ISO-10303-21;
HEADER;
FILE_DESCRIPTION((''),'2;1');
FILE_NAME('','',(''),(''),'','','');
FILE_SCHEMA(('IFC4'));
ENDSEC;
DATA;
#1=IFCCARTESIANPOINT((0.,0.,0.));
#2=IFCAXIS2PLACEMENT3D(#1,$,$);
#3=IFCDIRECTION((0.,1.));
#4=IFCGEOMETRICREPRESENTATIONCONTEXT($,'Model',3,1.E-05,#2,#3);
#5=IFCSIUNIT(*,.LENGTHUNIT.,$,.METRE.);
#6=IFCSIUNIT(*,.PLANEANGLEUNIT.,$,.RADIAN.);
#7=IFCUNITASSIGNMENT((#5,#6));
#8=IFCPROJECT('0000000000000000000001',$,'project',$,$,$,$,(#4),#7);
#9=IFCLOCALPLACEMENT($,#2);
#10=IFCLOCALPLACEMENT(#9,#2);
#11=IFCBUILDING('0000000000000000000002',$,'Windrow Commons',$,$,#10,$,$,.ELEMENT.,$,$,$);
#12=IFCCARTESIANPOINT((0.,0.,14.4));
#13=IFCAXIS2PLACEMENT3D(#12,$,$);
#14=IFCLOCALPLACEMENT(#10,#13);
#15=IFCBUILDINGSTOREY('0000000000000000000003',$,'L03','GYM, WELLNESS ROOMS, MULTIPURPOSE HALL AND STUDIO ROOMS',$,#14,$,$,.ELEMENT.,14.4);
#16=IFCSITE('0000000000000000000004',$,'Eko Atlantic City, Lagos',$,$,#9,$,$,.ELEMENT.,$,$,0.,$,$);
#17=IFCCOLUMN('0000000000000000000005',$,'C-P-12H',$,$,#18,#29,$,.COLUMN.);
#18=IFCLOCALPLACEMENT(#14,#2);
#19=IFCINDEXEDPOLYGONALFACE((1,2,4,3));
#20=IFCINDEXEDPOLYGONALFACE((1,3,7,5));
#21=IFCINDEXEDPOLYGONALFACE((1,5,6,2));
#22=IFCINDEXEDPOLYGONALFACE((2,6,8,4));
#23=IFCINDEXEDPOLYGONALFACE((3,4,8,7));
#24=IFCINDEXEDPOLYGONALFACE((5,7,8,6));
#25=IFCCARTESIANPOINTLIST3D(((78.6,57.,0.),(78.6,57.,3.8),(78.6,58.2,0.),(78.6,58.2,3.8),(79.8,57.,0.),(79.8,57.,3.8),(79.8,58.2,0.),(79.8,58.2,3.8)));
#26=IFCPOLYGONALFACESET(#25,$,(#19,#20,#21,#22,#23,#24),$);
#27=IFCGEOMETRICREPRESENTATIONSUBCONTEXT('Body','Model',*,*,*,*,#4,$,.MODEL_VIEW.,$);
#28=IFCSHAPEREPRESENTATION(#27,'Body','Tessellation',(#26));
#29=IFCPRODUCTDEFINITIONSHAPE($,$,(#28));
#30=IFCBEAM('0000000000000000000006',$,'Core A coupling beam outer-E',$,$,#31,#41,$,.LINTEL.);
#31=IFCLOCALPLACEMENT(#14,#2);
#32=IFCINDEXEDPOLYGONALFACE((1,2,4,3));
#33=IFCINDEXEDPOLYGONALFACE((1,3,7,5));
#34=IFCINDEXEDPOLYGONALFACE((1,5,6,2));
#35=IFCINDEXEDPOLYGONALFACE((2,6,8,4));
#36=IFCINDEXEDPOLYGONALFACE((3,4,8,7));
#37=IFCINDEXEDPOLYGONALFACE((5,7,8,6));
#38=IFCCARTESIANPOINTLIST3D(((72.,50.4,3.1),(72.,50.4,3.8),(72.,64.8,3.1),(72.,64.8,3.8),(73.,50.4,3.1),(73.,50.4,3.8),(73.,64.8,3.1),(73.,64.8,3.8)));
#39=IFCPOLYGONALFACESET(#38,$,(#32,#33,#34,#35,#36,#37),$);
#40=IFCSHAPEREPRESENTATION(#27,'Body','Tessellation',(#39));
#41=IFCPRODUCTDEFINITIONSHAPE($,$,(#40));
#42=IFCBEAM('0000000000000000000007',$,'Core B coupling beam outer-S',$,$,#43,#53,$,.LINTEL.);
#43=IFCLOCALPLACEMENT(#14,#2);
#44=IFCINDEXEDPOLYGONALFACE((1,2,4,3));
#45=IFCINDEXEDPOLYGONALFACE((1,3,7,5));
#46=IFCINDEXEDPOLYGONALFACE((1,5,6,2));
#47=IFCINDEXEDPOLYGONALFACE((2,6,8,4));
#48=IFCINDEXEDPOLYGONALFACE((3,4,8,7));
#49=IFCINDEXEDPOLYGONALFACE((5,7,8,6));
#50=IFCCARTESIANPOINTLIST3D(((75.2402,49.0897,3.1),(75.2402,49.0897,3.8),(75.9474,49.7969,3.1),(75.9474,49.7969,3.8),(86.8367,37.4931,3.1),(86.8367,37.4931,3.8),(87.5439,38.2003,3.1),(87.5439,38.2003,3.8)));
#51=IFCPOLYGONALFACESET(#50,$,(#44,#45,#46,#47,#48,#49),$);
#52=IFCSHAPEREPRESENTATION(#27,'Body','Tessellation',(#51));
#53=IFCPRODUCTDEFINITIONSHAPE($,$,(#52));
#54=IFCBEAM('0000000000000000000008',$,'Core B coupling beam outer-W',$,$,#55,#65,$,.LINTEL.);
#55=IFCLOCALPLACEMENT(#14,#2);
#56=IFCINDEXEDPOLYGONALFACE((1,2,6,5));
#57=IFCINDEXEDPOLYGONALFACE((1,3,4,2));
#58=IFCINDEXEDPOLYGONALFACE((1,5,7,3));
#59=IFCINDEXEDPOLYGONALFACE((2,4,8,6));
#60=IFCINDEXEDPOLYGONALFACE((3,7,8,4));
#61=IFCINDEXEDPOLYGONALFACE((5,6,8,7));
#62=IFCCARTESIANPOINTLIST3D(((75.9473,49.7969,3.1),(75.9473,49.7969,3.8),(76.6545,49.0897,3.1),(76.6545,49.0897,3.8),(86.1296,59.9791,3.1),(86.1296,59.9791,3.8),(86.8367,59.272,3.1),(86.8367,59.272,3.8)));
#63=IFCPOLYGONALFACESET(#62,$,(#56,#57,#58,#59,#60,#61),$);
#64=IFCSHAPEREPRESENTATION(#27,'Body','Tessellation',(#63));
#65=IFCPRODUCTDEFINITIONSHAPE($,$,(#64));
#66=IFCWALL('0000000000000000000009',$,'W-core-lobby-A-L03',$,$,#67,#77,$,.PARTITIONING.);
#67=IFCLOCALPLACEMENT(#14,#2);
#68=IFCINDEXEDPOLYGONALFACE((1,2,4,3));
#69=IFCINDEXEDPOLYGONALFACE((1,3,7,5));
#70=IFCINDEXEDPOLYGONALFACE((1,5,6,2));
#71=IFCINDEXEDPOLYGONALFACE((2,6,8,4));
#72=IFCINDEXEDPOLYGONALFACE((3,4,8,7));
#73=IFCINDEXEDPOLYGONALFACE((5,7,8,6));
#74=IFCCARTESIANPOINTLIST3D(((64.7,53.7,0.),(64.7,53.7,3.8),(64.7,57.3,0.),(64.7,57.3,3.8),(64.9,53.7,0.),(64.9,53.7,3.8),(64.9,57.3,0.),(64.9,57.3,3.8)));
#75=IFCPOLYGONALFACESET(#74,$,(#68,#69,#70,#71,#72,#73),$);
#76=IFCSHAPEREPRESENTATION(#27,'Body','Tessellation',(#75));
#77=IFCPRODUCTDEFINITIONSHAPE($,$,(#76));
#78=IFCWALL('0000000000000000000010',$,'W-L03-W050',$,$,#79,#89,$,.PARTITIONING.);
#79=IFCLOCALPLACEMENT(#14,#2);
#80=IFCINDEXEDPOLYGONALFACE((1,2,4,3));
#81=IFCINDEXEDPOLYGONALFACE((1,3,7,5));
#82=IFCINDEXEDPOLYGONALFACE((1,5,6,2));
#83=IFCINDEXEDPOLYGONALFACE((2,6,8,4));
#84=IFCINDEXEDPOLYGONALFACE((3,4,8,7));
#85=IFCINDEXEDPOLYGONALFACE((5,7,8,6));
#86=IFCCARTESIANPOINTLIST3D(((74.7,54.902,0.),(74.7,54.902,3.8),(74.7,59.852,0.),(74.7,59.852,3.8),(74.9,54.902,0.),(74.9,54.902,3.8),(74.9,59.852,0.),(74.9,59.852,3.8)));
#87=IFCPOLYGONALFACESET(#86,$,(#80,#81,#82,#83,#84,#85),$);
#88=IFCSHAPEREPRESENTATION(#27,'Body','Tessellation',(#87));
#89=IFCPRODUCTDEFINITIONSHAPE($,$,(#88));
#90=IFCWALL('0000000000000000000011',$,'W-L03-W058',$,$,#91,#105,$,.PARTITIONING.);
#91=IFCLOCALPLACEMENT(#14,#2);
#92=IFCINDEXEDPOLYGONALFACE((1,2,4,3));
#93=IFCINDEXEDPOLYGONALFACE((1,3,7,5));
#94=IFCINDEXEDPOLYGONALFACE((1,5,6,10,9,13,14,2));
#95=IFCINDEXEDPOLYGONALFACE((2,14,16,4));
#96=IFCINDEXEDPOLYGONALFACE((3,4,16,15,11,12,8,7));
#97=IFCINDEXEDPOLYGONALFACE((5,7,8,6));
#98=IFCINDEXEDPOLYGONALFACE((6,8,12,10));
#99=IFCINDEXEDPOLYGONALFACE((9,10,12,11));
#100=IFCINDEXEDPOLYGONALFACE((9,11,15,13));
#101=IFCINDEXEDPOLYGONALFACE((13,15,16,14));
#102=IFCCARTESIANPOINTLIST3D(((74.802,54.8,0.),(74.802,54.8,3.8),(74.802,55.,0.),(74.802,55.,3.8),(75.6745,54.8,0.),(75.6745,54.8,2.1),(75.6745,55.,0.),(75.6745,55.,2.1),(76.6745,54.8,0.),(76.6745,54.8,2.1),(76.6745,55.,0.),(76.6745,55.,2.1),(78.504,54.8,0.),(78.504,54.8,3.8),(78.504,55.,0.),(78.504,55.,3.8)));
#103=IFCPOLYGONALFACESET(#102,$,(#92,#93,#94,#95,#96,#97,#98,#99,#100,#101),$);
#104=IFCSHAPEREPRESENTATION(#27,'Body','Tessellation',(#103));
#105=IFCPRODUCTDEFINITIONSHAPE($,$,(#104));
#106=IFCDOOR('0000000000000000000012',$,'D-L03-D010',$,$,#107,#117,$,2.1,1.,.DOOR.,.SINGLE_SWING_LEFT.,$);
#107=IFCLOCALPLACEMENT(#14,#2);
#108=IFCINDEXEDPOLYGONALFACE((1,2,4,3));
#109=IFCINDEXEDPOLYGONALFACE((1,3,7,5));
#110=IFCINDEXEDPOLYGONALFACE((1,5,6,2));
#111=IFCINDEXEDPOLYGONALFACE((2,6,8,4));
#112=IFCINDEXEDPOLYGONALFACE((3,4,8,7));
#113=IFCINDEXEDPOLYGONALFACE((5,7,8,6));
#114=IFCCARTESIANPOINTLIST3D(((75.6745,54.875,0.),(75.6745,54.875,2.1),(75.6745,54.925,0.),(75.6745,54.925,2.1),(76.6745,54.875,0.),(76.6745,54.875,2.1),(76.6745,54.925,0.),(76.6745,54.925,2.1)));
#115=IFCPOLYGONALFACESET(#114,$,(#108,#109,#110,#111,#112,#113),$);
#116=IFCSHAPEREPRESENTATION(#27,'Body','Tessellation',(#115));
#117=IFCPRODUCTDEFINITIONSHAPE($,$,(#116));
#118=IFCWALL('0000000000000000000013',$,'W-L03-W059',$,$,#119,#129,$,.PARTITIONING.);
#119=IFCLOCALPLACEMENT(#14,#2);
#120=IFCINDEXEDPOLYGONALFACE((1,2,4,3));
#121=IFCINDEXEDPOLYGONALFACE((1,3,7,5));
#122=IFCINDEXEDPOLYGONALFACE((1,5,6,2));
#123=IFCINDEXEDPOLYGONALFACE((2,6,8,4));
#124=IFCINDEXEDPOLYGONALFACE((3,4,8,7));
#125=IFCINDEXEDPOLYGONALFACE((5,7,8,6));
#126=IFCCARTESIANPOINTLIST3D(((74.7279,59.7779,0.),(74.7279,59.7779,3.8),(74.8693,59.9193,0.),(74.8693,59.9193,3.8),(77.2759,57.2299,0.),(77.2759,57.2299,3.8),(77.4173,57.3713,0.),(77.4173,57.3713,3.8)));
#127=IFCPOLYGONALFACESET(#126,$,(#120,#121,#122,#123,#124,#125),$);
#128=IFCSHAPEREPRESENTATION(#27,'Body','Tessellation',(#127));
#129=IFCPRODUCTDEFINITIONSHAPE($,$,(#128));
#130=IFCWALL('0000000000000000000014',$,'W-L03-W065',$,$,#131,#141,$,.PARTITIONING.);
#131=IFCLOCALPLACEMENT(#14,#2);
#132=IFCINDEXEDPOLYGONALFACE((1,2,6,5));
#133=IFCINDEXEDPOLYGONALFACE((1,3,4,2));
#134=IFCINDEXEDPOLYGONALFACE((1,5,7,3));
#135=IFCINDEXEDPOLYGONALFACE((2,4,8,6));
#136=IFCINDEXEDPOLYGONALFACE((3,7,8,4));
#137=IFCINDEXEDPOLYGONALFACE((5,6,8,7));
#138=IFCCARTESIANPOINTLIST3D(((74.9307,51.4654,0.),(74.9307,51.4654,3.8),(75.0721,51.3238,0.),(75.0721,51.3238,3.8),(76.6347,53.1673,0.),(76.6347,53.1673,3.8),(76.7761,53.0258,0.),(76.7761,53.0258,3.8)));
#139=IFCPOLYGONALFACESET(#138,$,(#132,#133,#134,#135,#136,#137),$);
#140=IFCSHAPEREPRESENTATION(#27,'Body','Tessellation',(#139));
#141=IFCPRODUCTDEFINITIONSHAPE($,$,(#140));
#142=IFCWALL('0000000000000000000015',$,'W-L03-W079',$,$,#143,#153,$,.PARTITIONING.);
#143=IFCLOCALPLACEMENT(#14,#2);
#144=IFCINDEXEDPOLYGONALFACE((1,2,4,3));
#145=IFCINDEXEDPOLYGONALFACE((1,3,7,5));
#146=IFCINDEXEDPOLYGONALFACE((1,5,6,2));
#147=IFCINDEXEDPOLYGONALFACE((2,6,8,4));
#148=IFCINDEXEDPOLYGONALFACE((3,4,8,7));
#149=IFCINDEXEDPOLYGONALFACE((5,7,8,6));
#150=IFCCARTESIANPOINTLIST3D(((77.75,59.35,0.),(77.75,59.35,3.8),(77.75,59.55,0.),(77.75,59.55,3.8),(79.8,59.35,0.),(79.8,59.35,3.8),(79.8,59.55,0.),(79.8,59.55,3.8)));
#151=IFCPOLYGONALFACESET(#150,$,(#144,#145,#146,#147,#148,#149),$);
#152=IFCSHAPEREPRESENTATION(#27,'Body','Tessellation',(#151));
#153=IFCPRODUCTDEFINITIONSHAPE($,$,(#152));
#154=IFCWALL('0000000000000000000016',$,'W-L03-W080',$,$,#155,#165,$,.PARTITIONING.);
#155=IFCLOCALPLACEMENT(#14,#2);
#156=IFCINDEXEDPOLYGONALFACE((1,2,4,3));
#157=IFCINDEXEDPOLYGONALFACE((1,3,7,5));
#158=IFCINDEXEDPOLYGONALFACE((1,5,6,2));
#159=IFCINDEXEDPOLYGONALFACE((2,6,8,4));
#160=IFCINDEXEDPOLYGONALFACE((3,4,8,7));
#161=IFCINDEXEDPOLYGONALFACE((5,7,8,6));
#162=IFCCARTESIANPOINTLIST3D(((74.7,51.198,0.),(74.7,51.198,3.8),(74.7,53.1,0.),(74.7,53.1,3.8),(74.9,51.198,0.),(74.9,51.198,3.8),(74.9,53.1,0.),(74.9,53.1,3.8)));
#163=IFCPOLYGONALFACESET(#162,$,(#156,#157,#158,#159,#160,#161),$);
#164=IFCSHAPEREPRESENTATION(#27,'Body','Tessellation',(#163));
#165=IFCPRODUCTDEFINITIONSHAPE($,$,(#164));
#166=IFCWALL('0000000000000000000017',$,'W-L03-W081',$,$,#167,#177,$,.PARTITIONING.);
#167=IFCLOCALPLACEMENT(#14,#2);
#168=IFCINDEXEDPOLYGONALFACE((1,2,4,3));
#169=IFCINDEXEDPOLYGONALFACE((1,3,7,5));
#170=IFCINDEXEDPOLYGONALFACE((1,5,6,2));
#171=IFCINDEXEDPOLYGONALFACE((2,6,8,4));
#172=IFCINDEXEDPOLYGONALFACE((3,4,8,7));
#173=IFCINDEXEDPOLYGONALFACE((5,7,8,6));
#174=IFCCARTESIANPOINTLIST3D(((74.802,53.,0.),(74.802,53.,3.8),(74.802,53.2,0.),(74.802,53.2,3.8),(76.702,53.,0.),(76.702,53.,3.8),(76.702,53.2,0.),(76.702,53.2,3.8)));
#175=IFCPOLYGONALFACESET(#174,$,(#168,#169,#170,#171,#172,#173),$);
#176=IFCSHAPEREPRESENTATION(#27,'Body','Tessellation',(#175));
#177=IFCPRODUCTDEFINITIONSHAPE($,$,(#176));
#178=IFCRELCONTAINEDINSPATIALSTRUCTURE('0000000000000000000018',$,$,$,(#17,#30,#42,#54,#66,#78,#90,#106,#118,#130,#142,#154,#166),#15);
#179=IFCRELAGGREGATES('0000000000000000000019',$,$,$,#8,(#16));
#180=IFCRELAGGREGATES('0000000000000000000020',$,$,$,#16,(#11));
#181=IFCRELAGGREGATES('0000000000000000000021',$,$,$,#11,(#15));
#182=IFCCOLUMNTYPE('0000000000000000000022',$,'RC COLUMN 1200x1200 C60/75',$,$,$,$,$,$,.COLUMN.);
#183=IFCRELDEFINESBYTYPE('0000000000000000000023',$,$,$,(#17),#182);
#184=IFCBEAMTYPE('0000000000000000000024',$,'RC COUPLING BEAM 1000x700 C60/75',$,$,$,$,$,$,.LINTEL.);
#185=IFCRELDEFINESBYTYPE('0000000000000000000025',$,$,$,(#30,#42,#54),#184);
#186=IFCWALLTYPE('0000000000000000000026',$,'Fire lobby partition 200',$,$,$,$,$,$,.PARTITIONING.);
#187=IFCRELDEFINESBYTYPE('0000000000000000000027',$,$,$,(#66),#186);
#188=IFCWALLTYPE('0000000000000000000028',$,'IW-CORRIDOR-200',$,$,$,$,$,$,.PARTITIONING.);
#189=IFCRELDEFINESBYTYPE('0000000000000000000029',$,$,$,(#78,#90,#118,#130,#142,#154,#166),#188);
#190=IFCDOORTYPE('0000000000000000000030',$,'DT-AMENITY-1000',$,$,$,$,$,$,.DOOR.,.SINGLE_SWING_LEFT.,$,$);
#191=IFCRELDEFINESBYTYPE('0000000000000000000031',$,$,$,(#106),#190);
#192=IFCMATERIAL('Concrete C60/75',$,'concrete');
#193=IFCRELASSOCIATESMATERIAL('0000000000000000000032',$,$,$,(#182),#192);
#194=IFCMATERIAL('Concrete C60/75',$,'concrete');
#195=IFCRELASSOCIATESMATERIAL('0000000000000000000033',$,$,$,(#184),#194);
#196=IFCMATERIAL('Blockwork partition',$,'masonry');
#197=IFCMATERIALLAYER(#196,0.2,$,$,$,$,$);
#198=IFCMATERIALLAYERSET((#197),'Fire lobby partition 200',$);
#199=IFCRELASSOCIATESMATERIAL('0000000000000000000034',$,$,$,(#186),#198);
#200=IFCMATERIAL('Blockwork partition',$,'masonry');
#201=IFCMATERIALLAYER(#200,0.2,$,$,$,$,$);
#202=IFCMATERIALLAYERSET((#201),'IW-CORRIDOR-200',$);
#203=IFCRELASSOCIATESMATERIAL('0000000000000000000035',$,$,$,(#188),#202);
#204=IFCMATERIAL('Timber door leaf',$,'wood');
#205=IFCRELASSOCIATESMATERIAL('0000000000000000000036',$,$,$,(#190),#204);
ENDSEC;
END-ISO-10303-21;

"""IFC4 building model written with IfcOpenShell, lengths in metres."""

from ifc_helpers import new_model, si_unit, direction, frame, frame_2d, origin, origin_2d, place, context, subcontext, project, spatial, rectangle, extrude, material, layer, layer_set, material_profile, profile_set, type_object, element, fill, save


model = new_model("IFC4")

# Units and contexts
model_context = context("Model", 3, precision=1e-05, world=origin(), true_north=direction((0.0, 1.0)))
body_context = subcontext(model_context, "Body", "Model", "MODEL_VIEW")
ifc_project = project(units=[si_unit("LENGTHUNIT", "METRE"), si_unit("PLANEANGLEUNIT", "RADIAN")], contexts=[model_context])

# Site, building, storey
site_placement = place(None, origin())
site = spatial("IfcSite", under=ifc_project, at=site_placement, Name="Eko Atlantic City, Lagos", CompositionType="ELEMENT", RefElevation=0.0)
building_placement = place(site_placement, origin())
building = spatial("IfcBuilding", under=site, at=building_placement, Name="Windrow Commons", CompositionType="ELEMENT")
storey_placement = place(building_placement, frame((0.0, 0.0, 14.4)))
storey = spatial("IfcBuildingStorey", under=building, at=storey_placement, Name="L03", Description="GYM, WELLNESS ROOMS, MULTIPURPOSE HALL AND STUDIO ROOMS", CompositionType="ELEMENT", Elevation=14.4)

# Column
ifc_material_1 = material(Name="Concrete C60/75", Category="concrete")
ifc_material_profile_1 = material_profile(ifc_material_1, rectangle(XDim=1.2, YDim=1.2, at=origin_2d()))
ifc_profile_set_1 = profile_set([ifc_material_profile_1], Name="Concrete C60/75")
column_type = type_object("IfcColumnType", Name="RC COLUMN 1200x1200 C60/75", PredefinedType="COLUMN", material=ifc_profile_set_1)
column_placement = place(storey_placement, frame((79.2, 57.6, 0.0), z_axis=(0.0, 0.0, 1.0), x_axis=(1.0, 0.0, 0.0)))
element("IfcColumn", 1, at=column_placement, inside=storey, type_object=column_type, Name="C-P-12H", PredefinedType="COLUMN", context=body_context, shape_type="SweptSolid", body=[
    extrude(rectangle(XDim=1.2, YDim=1.2, at=origin_2d()), origin(), (0.0, 0.0, 1.0), 3.8),
])

# Beams
ifc_material_2 = material(Name="Concrete C60/75", Category="concrete")
ifc_material_profile_2 = material_profile(ifc_material_2, rectangle(XDim=1.0, YDim=0.7, at=origin_2d()))
ifc_profile_set_2 = profile_set([ifc_material_profile_2], Name="Concrete C60/75")
beam_type = type_object("IfcBeamType", Name="RC COUPLING BEAM 1000x700 C60/75", PredefinedType="LINTEL", material=ifc_profile_set_2)
beam_1_placement = place(storey_placement, frame((72.5, 50.4, 3.45), z_axis=(0.0, 1.0, 0.0), x_axis=(-1.0, 0.0, 0.0)))
element("IfcBeam", 2, at=beam_1_placement, inside=storey, type_object=beam_type, Name="Core A coupling beam outer-E", PredefinedType="LINTEL", context=body_context, shape_type="SweptSolid", body=[
    extrude(rectangle(XDim=1.0, YDim=0.7, at=origin_2d()), origin(), (0.0, 0.0, 1.0), 14.4),
])
beam_2_placement = place(storey_placement, frame((75.5938, 49.4433, 3.45), z_axis=(0.707104, -0.70711, 0.0), x_axis=(0.70711, 0.707104, 0.0)))
element("IfcBeam", 3, at=beam_2_placement, inside=storey, type_object=beam_type, Name="Core B coupling beam outer-S", PredefinedType="LINTEL", context=body_context, shape_type="SweptSolid", body=[
    extrude(rectangle(XDim=1.0, YDim=0.7, at=origin_2d()), origin(), (0.0, 0.0, 1.0), 16.4),
])
beam_3_placement = place(storey_placement, frame((76.3009, 49.4433, 3.45), z_axis=(0.707107, 0.707107, 0.0), x_axis=(-0.707107, 0.707107, 0.0)))
element("IfcBeam", 4, at=beam_3_placement, inside=storey, type_object=beam_type, Name="Core B coupling beam outer-W", PredefinedType="LINTEL", context=body_context, shape_type="SweptSolid", body=[
    extrude(rectangle(XDim=1.0, YDim=0.7, at=origin_2d()), origin(), (0.0, 0.0, 1.0), 14.3999),
])

# Walls
ifc_material_3 = material(Name="Blockwork partition", Category="masonry")
ifc_layer_1 = layer(ifc_material_3, 0.2)
ifc_layer_set_1 = layer_set([ifc_layer_1], Name="Fire lobby partition 200")
wall_type_1 = type_object("IfcWallType", Name="Fire lobby partition 200", PredefinedType="PARTITIONING", material=ifc_layer_set_1)
wall_1_placement = place(storey_placement, frame((64.8, 53.7, 0.0), z_axis=(0.0, 0.0, 1.0), x_axis=(0.0, 1.0, 0.0)))
element("IfcWall", 5, at=wall_1_placement, inside=storey, type_object=wall_type_1, Name="W-core-lobby-A-L03", PredefinedType="PARTITIONING", context=body_context, shape_type="SweptSolid", body=[
    extrude(rectangle(XDim=3.6, YDim=0.2, at=frame_2d((1.8, 0.0))), origin(), (0.0, 0.0, 1.0), 3.8),
])
ifc_material_4 = material(Name="Blockwork partition", Category="masonry")
ifc_layer_2 = layer(ifc_material_4, 0.2)
ifc_layer_set_2 = layer_set([ifc_layer_2], Name="IW-CORRIDOR-200")
wall_type_2 = type_object("IfcWallType", Name="IW-CORRIDOR-200", PredefinedType="PARTITIONING", material=ifc_layer_set_2)
wall_2_placement = place(storey_placement, frame((74.8, 54.902, 0.0), z_axis=(0.0, 0.0, 1.0), x_axis=(0.0, 1.0, 0.0)))
element("IfcWall", 6, at=wall_2_placement, inside=storey, type_object=wall_type_2, Name="W-L03-W050", PredefinedType="PARTITIONING", context=body_context, shape_type="SweptSolid", body=[
    extrude(rectangle(XDim=4.95, YDim=0.2, at=frame_2d((2.475, 0.0))), origin(), (0.0, 0.0, 1.0), 3.8),
])

# Wall, opening, door
wall_3_placement = place(storey_placement, frame((74.802, 54.9, 0.0), z_axis=(0.0, 0.0, 1.0), x_axis=(1.0, 0.0, 0.0)))
wall_3 = element("IfcWall", 7, at=wall_3_placement, inside=storey, type_object=wall_type_2, Name="W-L03-W058", PredefinedType="PARTITIONING", context=body_context, shape_type="SweptSolid", body=[
    extrude(rectangle(XDim=3.702, YDim=0.2, at=frame_2d((1.851, 0.0))), origin(), (0.0, 0.0, 1.0), 3.8),
])
opening_1_placement = place(wall_3_placement, frame((0.8725, 0.0, 0.0)))
opening_1 = element("IfcOpeningElement", 8, at=opening_1_placement, cuts=wall_3, PredefinedType="OPENING", context=body_context, shape_type="SweptSolid", body=[
    extrude(rectangle(XDim=1.0, YDim=2.1, at=frame_2d((0.5, 1.05))), frame((0.0, 0.11, 0.0), z_axis=(0.0, -1.0, 0.0), x_axis=(1.0, 0.0, 0.0)), (0.0, 0.0, 1.0), 0.22),
])
ifc_material_5 = material(Name="Timber door leaf", Category="wood")
door_type_1 = type_object("IfcDoorType", Name="DT-AMENITY-1000", OperationType="SINGLE_SWING_LEFT", PredefinedType="DOOR", material=ifc_material_5)
door_1_placement = place(opening_1_placement, origin())
door_1 = element("IfcDoor", 9, at=door_1_placement, inside=storey, type_object=door_type_1, Name="D-L03-D010", OperationType="SINGLE_SWING_LEFT", OverallHeight=2.1, OverallWidth=1.0, PredefinedType="DOOR", context=body_context, shape_type="SweptSolid", body=[
    extrude(rectangle(XDim=1.0, YDim=2.1, at=frame_2d((0.5, 1.05))), frame((0.0, 0.025, 0.0), z_axis=(0.0, -1.0, 0.0), x_axis=(1.0, 0.0, 0.0)), (0.0, 0.0, 1.0), 0.05),
])
fill(opening_1, door_1)

# Walls
wall_4_placement = place(storey_placement, frame((74.7986, 59.8486, 0.0), z_axis=(0.0, 0.0, 1.0), x_axis=(0.707107, -0.707107, 0.0)))
element("IfcWall", 10, at=wall_4_placement, inside=storey, type_object=wall_type_2, Name="W-L03-W059", PredefinedType="PARTITIONING", context=body_context, shape_type="SweptSolid", body=[
    extrude(rectangle(XDim=3.6034, YDim=0.2, at=frame_2d((1.8017, 0.0))), origin(), (0.0, 0.0, 1.0), 3.8),
])
wall_5_placement = place(storey_placement, frame((75.0014, 51.3946, 0.0), z_axis=(0.0, 0.0, 1.0), x_axis=(0.707522, 0.706691, 0.0)))
element("IfcWall", 11, at=wall_5_placement, inside=storey, type_object=wall_type_2, Name="W-L03-W065", PredefinedType="PARTITIONING", context=body_context, shape_type="SweptSolid", body=[
    extrude(rectangle(XDim=2.4084, YDim=0.2, at=frame_2d((1.2042, 0.0))), origin(), (0.0, 0.0, 1.0), 3.8),
])
wall_6_placement = place(storey_placement, frame((77.75, 59.45, 0.0), z_axis=(0.0, 0.0, 1.0), x_axis=(1.0, 0.0, 0.0)))
element("IfcWall", 12, at=wall_6_placement, inside=storey, type_object=wall_type_2, Name="W-L03-W079", PredefinedType="PARTITIONING", context=body_context, shape_type="SweptSolid", body=[
    extrude(rectangle(XDim=2.05, YDim=0.2, at=frame_2d((1.025, 0.0))), origin(), (0.0, 0.0, 1.0), 3.8),
])
wall_7_placement = place(storey_placement, frame((74.8, 51.198, 0.0), z_axis=(0.0, 0.0, 1.0), x_axis=(0.0, 1.0, 0.0)))
element("IfcWall", 13, at=wall_7_placement, inside=storey, type_object=wall_type_2, Name="W-L03-W080", PredefinedType="PARTITIONING", context=body_context, shape_type="SweptSolid", body=[
    extrude(rectangle(XDim=1.902, YDim=0.2, at=frame_2d((0.951, 0.0))), origin(), (0.0, 0.0, 1.0), 3.8),
])
wall_8_placement = place(storey_placement, frame((74.802, 53.1, 0.0), z_axis=(0.0, 0.0, 1.0), x_axis=(1.0, 0.0, 0.0)))
element("IfcWall", 14, at=wall_8_placement, inside=storey, type_object=wall_type_2, Name="W-L03-W081", PredefinedType="PARTITIONING", context=body_context, shape_type="SweptSolid", body=[
    extrude(rectangle(XDim=1.9, YDim=0.2, at=frame_2d((0.95, 0.0))), origin(), (0.0, 0.0, 1.0), 3.8),
])

save(model, "model.ifc")
